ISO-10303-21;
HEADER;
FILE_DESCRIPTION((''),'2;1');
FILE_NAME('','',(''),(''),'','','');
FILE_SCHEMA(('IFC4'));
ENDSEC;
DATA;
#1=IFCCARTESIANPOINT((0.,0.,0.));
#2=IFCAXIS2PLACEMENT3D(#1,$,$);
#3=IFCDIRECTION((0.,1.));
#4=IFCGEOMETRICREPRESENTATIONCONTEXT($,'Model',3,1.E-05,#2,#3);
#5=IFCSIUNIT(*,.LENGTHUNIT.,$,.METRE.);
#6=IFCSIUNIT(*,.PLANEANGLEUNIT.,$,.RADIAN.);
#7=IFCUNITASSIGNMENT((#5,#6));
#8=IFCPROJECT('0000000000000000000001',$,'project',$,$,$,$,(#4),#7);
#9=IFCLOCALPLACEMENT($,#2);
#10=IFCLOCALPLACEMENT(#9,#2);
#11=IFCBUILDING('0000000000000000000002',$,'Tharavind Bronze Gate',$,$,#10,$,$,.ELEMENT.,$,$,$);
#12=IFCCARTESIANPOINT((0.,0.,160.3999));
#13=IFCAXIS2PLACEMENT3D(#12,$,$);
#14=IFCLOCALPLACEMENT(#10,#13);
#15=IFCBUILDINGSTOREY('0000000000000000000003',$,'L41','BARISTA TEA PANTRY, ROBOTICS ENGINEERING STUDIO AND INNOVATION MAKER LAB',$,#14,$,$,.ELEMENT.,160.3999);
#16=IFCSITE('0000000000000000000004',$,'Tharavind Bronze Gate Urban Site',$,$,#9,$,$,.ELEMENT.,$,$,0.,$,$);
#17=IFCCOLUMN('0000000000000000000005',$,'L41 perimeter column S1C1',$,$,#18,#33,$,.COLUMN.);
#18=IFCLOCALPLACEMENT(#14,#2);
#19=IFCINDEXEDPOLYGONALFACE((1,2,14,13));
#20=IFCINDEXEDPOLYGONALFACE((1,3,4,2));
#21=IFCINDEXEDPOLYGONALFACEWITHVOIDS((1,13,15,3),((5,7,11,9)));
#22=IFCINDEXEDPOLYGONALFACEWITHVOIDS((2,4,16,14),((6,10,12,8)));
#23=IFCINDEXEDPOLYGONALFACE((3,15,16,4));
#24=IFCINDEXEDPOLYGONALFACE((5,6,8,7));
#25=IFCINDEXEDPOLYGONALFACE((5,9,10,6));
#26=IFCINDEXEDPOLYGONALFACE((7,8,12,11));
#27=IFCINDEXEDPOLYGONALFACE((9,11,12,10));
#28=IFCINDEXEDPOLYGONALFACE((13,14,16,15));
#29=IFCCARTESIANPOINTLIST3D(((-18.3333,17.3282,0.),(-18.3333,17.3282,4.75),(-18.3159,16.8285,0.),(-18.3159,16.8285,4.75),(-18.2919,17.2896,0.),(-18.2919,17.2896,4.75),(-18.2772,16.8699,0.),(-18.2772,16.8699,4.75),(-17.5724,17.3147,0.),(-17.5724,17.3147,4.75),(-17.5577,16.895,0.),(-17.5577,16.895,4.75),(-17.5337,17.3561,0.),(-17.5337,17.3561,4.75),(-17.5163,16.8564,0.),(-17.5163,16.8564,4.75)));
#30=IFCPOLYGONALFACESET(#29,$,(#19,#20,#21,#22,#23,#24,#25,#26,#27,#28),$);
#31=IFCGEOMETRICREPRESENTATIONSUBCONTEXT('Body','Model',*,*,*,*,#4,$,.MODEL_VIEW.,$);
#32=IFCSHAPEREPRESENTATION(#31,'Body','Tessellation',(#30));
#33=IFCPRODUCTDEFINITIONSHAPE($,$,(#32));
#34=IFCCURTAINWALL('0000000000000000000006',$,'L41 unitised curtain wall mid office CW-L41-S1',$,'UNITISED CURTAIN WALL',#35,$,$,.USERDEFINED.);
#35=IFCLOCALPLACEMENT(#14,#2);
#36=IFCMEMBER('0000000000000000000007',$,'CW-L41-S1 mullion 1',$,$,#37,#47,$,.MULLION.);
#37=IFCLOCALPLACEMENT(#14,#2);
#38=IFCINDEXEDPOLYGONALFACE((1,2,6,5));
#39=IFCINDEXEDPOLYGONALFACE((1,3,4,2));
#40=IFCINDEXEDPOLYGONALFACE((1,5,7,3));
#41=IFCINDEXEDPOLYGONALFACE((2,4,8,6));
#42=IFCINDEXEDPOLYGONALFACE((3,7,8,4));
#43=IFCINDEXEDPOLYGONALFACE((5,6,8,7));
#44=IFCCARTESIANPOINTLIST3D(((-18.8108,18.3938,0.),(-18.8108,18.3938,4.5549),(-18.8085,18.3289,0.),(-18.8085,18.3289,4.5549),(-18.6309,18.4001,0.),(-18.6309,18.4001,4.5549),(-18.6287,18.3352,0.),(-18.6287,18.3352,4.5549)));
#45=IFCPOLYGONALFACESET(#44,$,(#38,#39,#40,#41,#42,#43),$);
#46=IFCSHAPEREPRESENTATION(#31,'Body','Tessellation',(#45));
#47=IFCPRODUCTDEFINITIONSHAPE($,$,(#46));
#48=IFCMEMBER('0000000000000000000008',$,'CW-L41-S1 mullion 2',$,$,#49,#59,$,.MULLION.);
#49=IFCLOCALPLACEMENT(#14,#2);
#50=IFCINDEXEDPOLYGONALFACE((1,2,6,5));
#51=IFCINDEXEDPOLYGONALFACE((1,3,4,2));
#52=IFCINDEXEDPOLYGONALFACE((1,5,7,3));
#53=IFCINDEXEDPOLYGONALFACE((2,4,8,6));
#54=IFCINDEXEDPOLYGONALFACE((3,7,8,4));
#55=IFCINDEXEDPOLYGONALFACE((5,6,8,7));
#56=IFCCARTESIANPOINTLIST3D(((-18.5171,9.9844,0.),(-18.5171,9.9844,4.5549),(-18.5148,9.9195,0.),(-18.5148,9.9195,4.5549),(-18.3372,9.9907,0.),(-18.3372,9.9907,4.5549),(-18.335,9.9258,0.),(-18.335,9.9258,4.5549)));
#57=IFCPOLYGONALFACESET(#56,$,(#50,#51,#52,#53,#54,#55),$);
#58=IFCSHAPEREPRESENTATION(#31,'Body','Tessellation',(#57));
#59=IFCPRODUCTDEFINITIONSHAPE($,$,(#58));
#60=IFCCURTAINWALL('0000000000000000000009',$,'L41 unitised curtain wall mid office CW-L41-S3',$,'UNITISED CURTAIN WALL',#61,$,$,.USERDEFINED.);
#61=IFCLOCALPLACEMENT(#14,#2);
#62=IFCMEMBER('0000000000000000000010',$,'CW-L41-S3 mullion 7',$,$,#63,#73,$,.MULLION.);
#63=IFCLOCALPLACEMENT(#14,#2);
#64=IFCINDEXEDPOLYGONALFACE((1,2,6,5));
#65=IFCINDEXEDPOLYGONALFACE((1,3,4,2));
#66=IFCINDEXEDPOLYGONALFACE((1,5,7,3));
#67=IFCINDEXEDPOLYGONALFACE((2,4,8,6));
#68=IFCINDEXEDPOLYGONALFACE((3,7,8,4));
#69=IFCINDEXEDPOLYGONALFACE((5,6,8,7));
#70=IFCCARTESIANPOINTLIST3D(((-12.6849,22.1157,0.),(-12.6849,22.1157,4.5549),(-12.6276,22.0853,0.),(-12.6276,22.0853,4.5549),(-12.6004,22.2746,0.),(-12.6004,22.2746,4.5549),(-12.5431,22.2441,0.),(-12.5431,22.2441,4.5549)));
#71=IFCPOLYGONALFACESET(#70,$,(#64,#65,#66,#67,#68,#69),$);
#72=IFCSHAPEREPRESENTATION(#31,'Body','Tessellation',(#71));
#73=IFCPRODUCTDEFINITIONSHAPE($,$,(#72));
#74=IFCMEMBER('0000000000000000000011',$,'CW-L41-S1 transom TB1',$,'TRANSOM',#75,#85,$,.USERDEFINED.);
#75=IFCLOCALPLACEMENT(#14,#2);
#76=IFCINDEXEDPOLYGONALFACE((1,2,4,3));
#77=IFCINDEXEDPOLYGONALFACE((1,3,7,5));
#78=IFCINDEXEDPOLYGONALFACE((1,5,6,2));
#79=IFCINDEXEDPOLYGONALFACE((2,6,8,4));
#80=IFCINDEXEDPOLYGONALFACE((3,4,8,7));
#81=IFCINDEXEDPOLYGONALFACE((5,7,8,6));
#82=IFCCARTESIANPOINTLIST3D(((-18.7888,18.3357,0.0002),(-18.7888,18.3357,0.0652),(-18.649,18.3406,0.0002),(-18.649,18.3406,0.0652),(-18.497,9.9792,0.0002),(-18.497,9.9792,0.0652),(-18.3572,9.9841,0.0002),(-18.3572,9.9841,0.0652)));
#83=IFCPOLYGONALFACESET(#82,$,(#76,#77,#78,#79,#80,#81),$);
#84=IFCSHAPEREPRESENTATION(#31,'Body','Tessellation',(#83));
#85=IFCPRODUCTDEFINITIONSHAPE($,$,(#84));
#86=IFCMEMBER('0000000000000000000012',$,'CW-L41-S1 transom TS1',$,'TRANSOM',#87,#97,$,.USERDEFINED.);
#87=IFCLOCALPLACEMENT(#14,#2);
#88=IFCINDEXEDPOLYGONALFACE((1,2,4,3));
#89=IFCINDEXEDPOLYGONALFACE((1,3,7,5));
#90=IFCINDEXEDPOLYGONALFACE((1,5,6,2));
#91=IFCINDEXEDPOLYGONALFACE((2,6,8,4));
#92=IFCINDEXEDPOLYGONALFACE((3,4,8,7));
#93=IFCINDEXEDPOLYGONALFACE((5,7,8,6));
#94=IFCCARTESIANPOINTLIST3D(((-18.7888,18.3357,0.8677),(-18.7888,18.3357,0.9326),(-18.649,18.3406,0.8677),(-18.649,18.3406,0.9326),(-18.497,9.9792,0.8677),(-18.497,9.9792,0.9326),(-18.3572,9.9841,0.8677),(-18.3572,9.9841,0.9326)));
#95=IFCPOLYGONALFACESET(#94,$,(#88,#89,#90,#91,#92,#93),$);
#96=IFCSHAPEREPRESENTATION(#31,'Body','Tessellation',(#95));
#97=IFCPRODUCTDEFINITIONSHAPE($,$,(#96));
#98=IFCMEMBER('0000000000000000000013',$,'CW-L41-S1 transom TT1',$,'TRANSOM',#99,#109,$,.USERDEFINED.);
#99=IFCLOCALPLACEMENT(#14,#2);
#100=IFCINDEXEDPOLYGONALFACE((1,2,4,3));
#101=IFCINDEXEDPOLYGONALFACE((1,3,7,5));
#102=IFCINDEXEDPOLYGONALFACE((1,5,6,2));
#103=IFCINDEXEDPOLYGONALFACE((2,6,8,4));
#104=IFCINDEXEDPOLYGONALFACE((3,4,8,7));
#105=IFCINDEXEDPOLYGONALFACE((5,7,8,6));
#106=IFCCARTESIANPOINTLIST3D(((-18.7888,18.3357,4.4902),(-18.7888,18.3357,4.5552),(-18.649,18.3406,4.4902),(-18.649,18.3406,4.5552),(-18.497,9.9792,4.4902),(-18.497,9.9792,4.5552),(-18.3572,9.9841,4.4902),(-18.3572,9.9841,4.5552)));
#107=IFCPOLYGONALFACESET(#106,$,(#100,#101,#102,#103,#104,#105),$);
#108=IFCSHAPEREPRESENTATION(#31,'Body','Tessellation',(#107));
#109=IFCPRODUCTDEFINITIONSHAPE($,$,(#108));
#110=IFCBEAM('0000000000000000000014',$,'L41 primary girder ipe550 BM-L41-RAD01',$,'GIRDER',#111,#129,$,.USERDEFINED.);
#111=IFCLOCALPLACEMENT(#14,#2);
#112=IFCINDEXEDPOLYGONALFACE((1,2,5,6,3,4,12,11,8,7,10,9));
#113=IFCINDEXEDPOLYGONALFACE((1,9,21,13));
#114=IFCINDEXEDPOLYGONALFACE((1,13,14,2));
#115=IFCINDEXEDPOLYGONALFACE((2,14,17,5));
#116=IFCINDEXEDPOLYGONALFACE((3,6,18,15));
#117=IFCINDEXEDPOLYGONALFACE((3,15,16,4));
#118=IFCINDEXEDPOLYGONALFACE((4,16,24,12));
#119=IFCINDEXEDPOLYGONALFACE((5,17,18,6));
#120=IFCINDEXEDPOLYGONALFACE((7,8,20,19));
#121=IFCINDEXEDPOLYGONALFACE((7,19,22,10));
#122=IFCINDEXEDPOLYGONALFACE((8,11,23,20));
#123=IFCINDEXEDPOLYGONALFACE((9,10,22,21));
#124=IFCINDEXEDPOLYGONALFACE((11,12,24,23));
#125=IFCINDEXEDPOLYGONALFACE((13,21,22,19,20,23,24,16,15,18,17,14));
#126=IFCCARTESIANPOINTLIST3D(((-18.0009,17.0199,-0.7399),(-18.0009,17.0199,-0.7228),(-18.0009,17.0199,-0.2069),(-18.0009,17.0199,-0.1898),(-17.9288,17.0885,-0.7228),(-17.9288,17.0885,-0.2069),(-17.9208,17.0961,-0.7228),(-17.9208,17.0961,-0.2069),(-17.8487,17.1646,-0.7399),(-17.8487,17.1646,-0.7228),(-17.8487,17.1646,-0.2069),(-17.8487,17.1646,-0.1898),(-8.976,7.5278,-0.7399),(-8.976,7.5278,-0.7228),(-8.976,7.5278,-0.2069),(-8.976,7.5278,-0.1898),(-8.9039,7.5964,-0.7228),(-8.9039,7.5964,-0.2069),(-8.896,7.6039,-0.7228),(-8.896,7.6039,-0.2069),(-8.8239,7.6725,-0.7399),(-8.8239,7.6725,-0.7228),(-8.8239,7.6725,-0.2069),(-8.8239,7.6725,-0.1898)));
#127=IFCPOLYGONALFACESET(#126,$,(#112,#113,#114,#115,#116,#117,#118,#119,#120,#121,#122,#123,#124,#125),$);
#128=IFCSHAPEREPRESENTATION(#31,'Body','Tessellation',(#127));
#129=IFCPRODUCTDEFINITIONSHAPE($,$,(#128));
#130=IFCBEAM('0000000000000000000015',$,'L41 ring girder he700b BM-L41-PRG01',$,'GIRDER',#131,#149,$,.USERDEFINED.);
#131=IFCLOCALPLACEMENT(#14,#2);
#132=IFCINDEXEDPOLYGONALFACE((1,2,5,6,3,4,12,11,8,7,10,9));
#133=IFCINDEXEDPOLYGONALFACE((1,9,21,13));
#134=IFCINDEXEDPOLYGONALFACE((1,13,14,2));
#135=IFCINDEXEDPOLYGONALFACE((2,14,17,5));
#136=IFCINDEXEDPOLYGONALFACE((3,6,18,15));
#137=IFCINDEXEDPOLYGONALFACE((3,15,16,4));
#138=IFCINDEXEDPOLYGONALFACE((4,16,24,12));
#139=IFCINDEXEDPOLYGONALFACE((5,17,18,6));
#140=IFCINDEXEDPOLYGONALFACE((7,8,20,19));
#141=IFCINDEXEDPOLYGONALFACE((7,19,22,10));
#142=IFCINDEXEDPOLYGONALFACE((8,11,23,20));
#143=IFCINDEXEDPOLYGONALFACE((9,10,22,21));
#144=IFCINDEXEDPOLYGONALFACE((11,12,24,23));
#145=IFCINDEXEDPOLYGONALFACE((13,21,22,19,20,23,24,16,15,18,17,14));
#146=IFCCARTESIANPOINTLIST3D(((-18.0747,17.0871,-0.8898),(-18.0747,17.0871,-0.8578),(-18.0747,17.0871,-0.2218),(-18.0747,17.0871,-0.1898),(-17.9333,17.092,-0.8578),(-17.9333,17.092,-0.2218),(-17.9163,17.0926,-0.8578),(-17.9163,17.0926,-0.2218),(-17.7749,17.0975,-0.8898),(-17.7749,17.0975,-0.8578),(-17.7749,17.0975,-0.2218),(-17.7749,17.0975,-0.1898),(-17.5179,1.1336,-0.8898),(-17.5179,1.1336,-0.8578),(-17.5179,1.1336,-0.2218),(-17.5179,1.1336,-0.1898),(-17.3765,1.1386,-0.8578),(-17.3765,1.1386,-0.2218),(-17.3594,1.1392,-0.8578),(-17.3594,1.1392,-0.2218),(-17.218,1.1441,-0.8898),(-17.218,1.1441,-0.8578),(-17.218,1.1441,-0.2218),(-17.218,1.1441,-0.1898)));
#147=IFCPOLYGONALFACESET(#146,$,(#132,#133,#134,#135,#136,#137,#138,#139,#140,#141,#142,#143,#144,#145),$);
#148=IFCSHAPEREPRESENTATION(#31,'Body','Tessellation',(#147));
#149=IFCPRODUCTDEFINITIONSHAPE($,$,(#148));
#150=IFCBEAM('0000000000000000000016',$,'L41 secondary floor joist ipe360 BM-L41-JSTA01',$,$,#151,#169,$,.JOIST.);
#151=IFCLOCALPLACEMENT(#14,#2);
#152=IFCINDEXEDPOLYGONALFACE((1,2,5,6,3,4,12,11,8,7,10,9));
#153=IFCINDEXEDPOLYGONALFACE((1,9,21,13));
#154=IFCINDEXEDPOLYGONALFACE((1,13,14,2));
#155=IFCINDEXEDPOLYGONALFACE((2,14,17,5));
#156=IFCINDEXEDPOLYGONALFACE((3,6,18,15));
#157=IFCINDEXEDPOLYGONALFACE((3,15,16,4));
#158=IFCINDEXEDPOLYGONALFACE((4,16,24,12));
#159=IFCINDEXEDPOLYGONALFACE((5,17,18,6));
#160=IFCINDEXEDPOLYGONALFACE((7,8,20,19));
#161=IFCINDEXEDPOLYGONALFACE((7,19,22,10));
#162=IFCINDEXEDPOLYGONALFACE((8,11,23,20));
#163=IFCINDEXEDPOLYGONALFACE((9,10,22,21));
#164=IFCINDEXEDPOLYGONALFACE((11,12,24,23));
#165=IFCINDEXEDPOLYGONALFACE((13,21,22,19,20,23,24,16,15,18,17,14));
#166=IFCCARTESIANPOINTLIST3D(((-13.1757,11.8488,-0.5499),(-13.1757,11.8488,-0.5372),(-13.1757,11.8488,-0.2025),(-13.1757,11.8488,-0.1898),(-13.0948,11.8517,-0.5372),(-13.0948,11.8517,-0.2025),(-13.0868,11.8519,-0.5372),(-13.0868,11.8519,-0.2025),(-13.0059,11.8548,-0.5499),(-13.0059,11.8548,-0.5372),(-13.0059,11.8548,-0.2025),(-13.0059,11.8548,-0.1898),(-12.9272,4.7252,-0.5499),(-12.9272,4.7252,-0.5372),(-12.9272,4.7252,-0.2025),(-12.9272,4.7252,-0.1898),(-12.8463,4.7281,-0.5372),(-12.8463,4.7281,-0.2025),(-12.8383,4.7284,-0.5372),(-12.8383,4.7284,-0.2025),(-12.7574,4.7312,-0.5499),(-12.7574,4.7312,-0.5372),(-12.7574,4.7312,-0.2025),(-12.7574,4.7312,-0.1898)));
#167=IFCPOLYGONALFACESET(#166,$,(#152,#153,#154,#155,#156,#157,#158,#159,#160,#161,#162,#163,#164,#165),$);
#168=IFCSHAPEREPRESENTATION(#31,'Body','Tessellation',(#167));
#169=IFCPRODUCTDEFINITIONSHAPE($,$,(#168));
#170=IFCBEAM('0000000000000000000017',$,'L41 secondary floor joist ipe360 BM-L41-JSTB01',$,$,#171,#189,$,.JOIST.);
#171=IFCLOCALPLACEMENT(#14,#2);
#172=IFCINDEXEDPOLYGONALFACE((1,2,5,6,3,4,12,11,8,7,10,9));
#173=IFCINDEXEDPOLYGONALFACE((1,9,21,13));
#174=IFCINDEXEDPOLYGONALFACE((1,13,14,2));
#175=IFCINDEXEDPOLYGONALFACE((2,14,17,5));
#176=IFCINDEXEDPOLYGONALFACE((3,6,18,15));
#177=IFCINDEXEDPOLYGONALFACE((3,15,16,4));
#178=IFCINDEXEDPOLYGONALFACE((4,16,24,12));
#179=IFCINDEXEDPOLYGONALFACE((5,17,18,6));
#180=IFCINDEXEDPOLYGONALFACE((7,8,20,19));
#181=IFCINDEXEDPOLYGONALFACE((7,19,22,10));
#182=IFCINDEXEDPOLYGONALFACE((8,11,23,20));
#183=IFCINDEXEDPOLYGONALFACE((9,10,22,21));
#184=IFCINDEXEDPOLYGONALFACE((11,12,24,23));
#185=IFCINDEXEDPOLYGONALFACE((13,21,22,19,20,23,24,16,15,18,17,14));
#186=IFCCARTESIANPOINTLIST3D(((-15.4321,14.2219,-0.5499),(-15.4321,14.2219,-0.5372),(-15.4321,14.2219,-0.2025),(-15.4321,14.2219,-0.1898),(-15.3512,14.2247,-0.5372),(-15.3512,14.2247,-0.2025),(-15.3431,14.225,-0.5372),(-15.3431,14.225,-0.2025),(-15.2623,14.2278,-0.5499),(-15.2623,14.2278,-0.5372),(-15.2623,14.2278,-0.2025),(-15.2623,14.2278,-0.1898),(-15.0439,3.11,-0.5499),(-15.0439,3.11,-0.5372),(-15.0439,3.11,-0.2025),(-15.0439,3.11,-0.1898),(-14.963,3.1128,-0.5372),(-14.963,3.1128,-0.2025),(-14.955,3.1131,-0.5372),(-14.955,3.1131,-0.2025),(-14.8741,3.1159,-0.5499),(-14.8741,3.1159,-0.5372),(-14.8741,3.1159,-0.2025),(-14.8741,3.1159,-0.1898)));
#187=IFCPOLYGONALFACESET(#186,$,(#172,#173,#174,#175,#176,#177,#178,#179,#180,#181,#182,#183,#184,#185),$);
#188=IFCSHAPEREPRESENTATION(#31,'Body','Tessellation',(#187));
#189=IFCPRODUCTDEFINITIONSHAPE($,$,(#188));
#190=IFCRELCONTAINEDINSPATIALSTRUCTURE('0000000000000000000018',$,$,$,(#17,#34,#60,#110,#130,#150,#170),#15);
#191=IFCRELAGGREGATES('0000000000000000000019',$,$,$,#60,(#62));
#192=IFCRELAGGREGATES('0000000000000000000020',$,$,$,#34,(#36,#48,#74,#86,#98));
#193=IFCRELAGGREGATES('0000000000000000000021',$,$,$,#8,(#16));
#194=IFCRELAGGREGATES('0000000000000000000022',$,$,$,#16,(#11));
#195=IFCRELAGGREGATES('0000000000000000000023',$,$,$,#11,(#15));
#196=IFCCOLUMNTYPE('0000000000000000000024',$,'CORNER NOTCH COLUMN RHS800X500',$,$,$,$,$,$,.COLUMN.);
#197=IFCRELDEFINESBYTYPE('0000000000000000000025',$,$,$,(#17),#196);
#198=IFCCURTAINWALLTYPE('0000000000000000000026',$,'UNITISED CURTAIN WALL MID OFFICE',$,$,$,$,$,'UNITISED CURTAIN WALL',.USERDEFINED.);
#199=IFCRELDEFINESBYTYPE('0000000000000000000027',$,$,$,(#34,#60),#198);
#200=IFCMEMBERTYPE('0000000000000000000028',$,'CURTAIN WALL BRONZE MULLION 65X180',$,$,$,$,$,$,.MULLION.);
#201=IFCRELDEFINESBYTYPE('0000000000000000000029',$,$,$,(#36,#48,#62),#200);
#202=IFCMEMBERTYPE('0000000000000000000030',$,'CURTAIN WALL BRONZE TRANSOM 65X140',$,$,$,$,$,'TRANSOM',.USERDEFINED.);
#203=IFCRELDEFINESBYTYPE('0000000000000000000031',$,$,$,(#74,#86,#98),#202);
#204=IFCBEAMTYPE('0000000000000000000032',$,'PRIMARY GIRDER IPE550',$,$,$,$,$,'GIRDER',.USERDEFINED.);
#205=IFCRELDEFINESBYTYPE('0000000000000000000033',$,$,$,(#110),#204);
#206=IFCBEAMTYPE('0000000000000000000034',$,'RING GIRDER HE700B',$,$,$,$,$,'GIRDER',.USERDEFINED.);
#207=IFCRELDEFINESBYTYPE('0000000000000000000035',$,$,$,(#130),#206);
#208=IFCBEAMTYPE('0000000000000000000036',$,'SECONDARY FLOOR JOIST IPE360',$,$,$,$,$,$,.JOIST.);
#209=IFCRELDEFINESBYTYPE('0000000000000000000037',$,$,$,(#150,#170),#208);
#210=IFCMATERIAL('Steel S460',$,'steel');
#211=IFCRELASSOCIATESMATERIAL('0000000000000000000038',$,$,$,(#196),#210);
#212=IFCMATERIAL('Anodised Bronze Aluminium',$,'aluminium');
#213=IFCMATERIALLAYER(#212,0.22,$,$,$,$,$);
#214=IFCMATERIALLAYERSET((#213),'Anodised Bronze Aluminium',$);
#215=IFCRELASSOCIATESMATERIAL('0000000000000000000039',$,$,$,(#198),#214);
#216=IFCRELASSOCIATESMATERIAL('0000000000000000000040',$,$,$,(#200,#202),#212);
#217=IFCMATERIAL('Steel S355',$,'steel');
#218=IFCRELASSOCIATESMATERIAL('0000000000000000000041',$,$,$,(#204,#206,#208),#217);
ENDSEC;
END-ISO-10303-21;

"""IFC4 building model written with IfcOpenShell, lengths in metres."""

from ifc_helpers import new_model, si_unit, direction, frame, origin, origin_2d, place, context, subcontext, project, spatial, rectangle, hollow_rectangle, i_section, extrude, material, layer, layer_set, material_profile, profile_set, type_object, element, aggregate, save


model = new_model("IFC4")

# Units and contexts
model_context = context("Model", 3, precision=1e-05, world=origin(), true_north=direction((0.0, 1.0)))
body_context = subcontext(model_context, "Body", "Model", "MODEL_VIEW")
ifc_project = project(units=[si_unit("LENGTHUNIT", "METRE"), si_unit("PLANEANGLEUNIT", "RADIAN")], contexts=[model_context])

# Site, building, storey
site_placement = place(None, origin())
site = spatial("IfcSite", under=ifc_project, at=site_placement, Name="Tharavind Bronze Gate Urban Site", CompositionType="ELEMENT", RefElevation=0.0)
building_placement = place(site_placement, origin())
building = spatial("IfcBuilding", under=site, at=building_placement, Name="Tharavind Bronze Gate", CompositionType="ELEMENT")
storey_placement = place(building_placement, frame((0.0, 0.0, 160.3999)))
storey = spatial("IfcBuildingStorey", under=building, at=storey_placement, Name="L41", Description="BARISTA TEA PANTRY, ROBOTICS ENGINEERING STUDIO AND INNOVATION MAKER LAB", CompositionType="ELEMENT", Elevation=160.3999)

# Column
ifc_material_1 = material(Name="Steel S460", Category="steel")
ifc_material_profile_1 = material_profile(ifc_material_1, hollow_rectangle(XDim=0.5, YDim=0.8, WallThickness=0.04, at=origin_2d()), Name="RHS800X500X40")
ifc_profile_set_1 = profile_set([ifc_material_profile_1], Name="Steel S460")
column_type = type_object("IfcColumnType", Name="CORNER NOTCH COLUMN RHS800X500", PredefinedType="COLUMN", material=ifc_profile_set_1)
column_placement = place(storey_placement, frame((-17.9248, 17.0923, 0.0), z_axis=(0.0, 0.0, 1.0), x_axis=(-0.034899, 0.999391, 0.0)))
element("IfcColumn", 1, at=column_placement, inside=storey, type_object=column_type, Name="L41 perimeter column S1C1", PredefinedType="COLUMN", context=body_context, shape_type="SweptSolid", body=[
    extrude(hollow_rectangle(XDim=0.5, YDim=0.8, WallThickness=0.04, at=origin_2d()), origin(), (0.0, 0.0, 1.0), 4.75),
])

# Curtain wall, members
ifc_material_2 = material(Name="Anodised Bronze Aluminium", Category="aluminium")
ifc_layer_1 = layer(ifc_material_2, 0.22)
ifc_layer_set_1 = layer_set([ifc_layer_1], Name="Anodised Bronze Aluminium")
curtain_wall_type = type_object("IfcCurtainWallType", Name="UNITISED CURTAIN WALL MID OFFICE", ElementType="UNITISED CURTAIN WALL", PredefinedType="USERDEFINED", material=ifc_layer_set_1)
curtain_wall_1_placement = place(storey_placement, origin())
curtain_wall_1 = element("IfcCurtainWall", 2, at=curtain_wall_1_placement, inside=storey, type_object=curtain_wall_type, Name="L41 unitised curtain wall mid office CW-L41-S1", ObjectType="UNITISED CURTAIN WALL", PredefinedType="USERDEFINED")
member_type_1 = type_object("IfcMemberType", Name="CURTAIN WALL BRONZE MULLION 65X180", PredefinedType="MULLION", material=ifc_material_2)
member_1_placement = place(storey_placement, frame((-18.7197, 18.3645, 0.0), z_axis=(0.0, 0.0, 1.0), x_axis=(0.034899, -0.999391, 0.0)))
member_1 = element("IfcMember", 3, at=member_1_placement, type_object=member_type_1, Name="CW-L41-S1 mullion 1", PredefinedType="MULLION", context=body_context, shape_type="SweptSolid", body=[
    extrude(rectangle(XDim=0.0649, YDim=0.1799, at=origin_2d()), origin(), (0.0, 0.0, 1.0), 4.5549),
])
member_2_placement = place(storey_placement, frame((-18.426, 9.9551, 0.0), z_axis=(0.0, 0.0, 1.0), x_axis=(0.034899, -0.999391, 0.0)))
member_2 = element("IfcMember", 4, at=member_2_placement, type_object=member_type_1, Name="CW-L41-S1 mullion 2", PredefinedType="MULLION", context=body_context, shape_type="SweptSolid", body=[
    extrude(rectangle(XDim=0.0649, YDim=0.1799, at=origin_2d()), origin(), (0.0, 0.0, 1.0), 4.5549),
])

# Curtain wall, member
curtain_wall_2_placement = place(storey_placement, origin())
curtain_wall_2 = element("IfcCurtainWall", 5, at=curtain_wall_2_placement, inside=storey, type_object=curtain_wall_type, Name="L41 unitised curtain wall mid office CW-L41-S3", ObjectType="UNITISED CURTAIN WALL", PredefinedType="USERDEFINED")
member_3_placement = place(storey_placement, frame((-12.614, 22.1799, 0.0), z_axis=(0.0, 0.0, 1.0), x_axis=(-0.882948, 0.469472, 0.0)))
member_3 = element("IfcMember", 6, at=member_3_placement, type_object=member_type_1, Name="CW-L41-S3 mullion 7", PredefinedType="MULLION", context=body_context, shape_type="SweptSolid", body=[
    extrude(rectangle(XDim=0.0649, YDim=0.1799, at=origin_2d()), origin(), (0.0, 0.0, 1.0), 4.5549),
])
aggregate(curtain_wall_2, [member_3])

# Members
member_type_2 = type_object("IfcMemberType", Name="CURTAIN WALL BRONZE TRANSOM 65X140", ElementType="TRANSOM", PredefinedType="USERDEFINED", material=ifc_material_2)
member_4_placement = place(storey_placement, frame((-18.573, 14.1599, 0.0002), z_axis=(0.0, 0.0, 1.0), x_axis=(0.034899, -0.999391, 0.0)))
member_4 = element("IfcMember", 7, at=member_4_placement, type_object=member_type_2, Name="CW-L41-S1 transom TB1", ObjectType="TRANSOM", PredefinedType="USERDEFINED", context=body_context, shape_type="SweptSolid", body=[
    extrude(rectangle(XDim=8.3616, YDim=0.1399, at=origin_2d()), origin(), (0.0, 0.0, 1.0), 0.0649),
])
member_5_placement = place(storey_placement, frame((-18.573, 14.1599, 0.8677), z_axis=(0.0, 0.0, 1.0), x_axis=(0.034899, -0.999391, 0.0)))
member_5 = element("IfcMember", 8, at=member_5_placement, type_object=member_type_2, Name="CW-L41-S1 transom TS1", ObjectType="TRANSOM", PredefinedType="USERDEFINED", context=body_context, shape_type="SweptSolid", body=[
    extrude(rectangle(XDim=8.3616, YDim=0.1399, at=origin_2d()), origin(), (0.0, 0.0, 1.0), 0.0649),
])
member_6_placement = place(storey_placement, frame((-18.573, 14.1599, 4.4902), z_axis=(0.0, 0.0, 1.0), x_axis=(0.034899, -0.999391, 0.0)))
member_6 = element("IfcMember", 9, at=member_6_placement, type_object=member_type_2, Name="CW-L41-S1 transom TT1", ObjectType="TRANSOM", PredefinedType="USERDEFINED", context=body_context, shape_type="SweptSolid", body=[
    extrude(rectangle(XDim=8.3616, YDim=0.1399, at=origin_2d()), origin(), (0.0, 0.0, 1.0), 0.0649),
])

# Beams
ifc_material_3 = material(Name="Steel S355", Category="steel")
ifc_material_profile_2 = material_profile(ifc_material_3, i_section(OverallWidth=0.21, OverallDepth=0.55, WebThickness=0.011, FlangeThickness=0.0171, at=origin_2d()), Name="IPE550")
ifc_profile_set_2 = profile_set([ifc_material_profile_2], Name="Steel S355")
beam_type_1 = type_object("IfcBeamType", Name="PRIMARY GIRDER IPE550", ElementType="GIRDER", PredefinedType="USERDEFINED", material=ifc_profile_set_2)
beam_1_placement = place(storey_placement, frame((-17.9248, 17.0923, -0.4648), z_axis=(0.689043, -0.72472, 0.0), x_axis=(0.72472, 0.689043, 0.0)))
element("IfcBeam", 10, at=beam_1_placement, inside=storey, type_object=beam_type_1, Name="L41 primary girder ipe550 BM-L41-RAD01", ObjectType="GIRDER", PredefinedType="USERDEFINED", context=body_context, shape_type="SweptSolid", body=[
    extrude(i_section(OverallWidth=0.21, OverallDepth=0.55, WebThickness=0.011, FlangeThickness=0.0171, at=origin_2d()), origin(), (0.0, 0.0, 1.0), 13.0977),
])
ifc_material_profile_3 = material_profile(ifc_material_3, i_section(OverallWidth=0.3, OverallDepth=0.7, WebThickness=0.0171, FlangeThickness=0.032, at=origin_2d()), Name="HE700B")
ifc_profile_set_3 = profile_set([ifc_material_profile_3], Name="Steel S355")
beam_type_2 = type_object("IfcBeamType", Name="RING GIRDER HE700B", ElementType="GIRDER", PredefinedType="USERDEFINED", material=ifc_profile_set_3)
beam_2_placement = place(storey_placement, frame((-17.9248, 17.0923, -0.5398), z_axis=(0.034886, -0.999391, 0.0), x_axis=(0.999391, 0.034886, 0.0)))
element("IfcBeam", 11, at=beam_2_placement, inside=storey, type_object=beam_type_2, Name="L41 ring girder he700b BM-L41-PRG01", ObjectType="GIRDER", PredefinedType="USERDEFINED", context=body_context, shape_type="SweptSolid", body=[
    extrude(i_section(OverallWidth=0.3, OverallDepth=0.7, WebThickness=0.0171, FlangeThickness=0.032, at=origin_2d()), origin(), (0.0, 0.0, 1.0), 15.9631),
])
ifc_material_profile_4 = material_profile(ifc_material_3, i_section(OverallWidth=0.1699, OverallDepth=0.3601, WebThickness=0.0081, FlangeThickness=0.0127, at=origin_2d()), Name="IPE360")
ifc_profile_set_4 = profile_set([ifc_material_profile_4], Name="Steel S355")
beam_type_3 = type_object("IfcBeamType", Name="SECONDARY FLOOR JOIST IPE360", PredefinedType="JOIST", material=ifc_profile_set_4)
beam_3_placement = place(storey_placement, frame((-13.0908, 11.8518, -0.3699), z_axis=(0.034868, -0.999392, 0.0), x_axis=(0.999392, 0.034868, 0.0)))
element("IfcBeam", 12, at=beam_3_placement, inside=storey, type_object=beam_type_3, Name="L41 secondary floor joist ipe360 BM-L41-JSTA01", PredefinedType="JOIST", context=body_context, shape_type="SweptSolid", body=[
    extrude(i_section(OverallWidth=0.1699, OverallDepth=0.3601, WebThickness=0.0081, FlangeThickness=0.0127, at=origin_2d()), origin(), (0.0, 0.0, 1.0), 7.1279),
])
beam_4_placement = place(storey_placement, frame((-15.3472, 14.2249, -0.3699), z_axis=(0.034913, -0.99939, 0.0), x_axis=(0.99939, 0.034913, 0.0)))
element("IfcBeam", 13, at=beam_4_placement, inside=storey, type_object=beam_type_3, Name="L41 secondary floor joist ipe360 BM-L41-JSTB01", PredefinedType="JOIST", context=body_context, shape_type="SweptSolid", body=[
    extrude(i_section(OverallWidth=0.1699, OverallDepth=0.3601, WebThickness=0.0081, FlangeThickness=0.0127, at=origin_2d()), origin(), (0.0, 0.0, 1.0), 11.1187),
])

aggregate(curtain_wall_1, [member_1, member_2, member_4, member_5, member_6])

save(model, "model.ifc")
